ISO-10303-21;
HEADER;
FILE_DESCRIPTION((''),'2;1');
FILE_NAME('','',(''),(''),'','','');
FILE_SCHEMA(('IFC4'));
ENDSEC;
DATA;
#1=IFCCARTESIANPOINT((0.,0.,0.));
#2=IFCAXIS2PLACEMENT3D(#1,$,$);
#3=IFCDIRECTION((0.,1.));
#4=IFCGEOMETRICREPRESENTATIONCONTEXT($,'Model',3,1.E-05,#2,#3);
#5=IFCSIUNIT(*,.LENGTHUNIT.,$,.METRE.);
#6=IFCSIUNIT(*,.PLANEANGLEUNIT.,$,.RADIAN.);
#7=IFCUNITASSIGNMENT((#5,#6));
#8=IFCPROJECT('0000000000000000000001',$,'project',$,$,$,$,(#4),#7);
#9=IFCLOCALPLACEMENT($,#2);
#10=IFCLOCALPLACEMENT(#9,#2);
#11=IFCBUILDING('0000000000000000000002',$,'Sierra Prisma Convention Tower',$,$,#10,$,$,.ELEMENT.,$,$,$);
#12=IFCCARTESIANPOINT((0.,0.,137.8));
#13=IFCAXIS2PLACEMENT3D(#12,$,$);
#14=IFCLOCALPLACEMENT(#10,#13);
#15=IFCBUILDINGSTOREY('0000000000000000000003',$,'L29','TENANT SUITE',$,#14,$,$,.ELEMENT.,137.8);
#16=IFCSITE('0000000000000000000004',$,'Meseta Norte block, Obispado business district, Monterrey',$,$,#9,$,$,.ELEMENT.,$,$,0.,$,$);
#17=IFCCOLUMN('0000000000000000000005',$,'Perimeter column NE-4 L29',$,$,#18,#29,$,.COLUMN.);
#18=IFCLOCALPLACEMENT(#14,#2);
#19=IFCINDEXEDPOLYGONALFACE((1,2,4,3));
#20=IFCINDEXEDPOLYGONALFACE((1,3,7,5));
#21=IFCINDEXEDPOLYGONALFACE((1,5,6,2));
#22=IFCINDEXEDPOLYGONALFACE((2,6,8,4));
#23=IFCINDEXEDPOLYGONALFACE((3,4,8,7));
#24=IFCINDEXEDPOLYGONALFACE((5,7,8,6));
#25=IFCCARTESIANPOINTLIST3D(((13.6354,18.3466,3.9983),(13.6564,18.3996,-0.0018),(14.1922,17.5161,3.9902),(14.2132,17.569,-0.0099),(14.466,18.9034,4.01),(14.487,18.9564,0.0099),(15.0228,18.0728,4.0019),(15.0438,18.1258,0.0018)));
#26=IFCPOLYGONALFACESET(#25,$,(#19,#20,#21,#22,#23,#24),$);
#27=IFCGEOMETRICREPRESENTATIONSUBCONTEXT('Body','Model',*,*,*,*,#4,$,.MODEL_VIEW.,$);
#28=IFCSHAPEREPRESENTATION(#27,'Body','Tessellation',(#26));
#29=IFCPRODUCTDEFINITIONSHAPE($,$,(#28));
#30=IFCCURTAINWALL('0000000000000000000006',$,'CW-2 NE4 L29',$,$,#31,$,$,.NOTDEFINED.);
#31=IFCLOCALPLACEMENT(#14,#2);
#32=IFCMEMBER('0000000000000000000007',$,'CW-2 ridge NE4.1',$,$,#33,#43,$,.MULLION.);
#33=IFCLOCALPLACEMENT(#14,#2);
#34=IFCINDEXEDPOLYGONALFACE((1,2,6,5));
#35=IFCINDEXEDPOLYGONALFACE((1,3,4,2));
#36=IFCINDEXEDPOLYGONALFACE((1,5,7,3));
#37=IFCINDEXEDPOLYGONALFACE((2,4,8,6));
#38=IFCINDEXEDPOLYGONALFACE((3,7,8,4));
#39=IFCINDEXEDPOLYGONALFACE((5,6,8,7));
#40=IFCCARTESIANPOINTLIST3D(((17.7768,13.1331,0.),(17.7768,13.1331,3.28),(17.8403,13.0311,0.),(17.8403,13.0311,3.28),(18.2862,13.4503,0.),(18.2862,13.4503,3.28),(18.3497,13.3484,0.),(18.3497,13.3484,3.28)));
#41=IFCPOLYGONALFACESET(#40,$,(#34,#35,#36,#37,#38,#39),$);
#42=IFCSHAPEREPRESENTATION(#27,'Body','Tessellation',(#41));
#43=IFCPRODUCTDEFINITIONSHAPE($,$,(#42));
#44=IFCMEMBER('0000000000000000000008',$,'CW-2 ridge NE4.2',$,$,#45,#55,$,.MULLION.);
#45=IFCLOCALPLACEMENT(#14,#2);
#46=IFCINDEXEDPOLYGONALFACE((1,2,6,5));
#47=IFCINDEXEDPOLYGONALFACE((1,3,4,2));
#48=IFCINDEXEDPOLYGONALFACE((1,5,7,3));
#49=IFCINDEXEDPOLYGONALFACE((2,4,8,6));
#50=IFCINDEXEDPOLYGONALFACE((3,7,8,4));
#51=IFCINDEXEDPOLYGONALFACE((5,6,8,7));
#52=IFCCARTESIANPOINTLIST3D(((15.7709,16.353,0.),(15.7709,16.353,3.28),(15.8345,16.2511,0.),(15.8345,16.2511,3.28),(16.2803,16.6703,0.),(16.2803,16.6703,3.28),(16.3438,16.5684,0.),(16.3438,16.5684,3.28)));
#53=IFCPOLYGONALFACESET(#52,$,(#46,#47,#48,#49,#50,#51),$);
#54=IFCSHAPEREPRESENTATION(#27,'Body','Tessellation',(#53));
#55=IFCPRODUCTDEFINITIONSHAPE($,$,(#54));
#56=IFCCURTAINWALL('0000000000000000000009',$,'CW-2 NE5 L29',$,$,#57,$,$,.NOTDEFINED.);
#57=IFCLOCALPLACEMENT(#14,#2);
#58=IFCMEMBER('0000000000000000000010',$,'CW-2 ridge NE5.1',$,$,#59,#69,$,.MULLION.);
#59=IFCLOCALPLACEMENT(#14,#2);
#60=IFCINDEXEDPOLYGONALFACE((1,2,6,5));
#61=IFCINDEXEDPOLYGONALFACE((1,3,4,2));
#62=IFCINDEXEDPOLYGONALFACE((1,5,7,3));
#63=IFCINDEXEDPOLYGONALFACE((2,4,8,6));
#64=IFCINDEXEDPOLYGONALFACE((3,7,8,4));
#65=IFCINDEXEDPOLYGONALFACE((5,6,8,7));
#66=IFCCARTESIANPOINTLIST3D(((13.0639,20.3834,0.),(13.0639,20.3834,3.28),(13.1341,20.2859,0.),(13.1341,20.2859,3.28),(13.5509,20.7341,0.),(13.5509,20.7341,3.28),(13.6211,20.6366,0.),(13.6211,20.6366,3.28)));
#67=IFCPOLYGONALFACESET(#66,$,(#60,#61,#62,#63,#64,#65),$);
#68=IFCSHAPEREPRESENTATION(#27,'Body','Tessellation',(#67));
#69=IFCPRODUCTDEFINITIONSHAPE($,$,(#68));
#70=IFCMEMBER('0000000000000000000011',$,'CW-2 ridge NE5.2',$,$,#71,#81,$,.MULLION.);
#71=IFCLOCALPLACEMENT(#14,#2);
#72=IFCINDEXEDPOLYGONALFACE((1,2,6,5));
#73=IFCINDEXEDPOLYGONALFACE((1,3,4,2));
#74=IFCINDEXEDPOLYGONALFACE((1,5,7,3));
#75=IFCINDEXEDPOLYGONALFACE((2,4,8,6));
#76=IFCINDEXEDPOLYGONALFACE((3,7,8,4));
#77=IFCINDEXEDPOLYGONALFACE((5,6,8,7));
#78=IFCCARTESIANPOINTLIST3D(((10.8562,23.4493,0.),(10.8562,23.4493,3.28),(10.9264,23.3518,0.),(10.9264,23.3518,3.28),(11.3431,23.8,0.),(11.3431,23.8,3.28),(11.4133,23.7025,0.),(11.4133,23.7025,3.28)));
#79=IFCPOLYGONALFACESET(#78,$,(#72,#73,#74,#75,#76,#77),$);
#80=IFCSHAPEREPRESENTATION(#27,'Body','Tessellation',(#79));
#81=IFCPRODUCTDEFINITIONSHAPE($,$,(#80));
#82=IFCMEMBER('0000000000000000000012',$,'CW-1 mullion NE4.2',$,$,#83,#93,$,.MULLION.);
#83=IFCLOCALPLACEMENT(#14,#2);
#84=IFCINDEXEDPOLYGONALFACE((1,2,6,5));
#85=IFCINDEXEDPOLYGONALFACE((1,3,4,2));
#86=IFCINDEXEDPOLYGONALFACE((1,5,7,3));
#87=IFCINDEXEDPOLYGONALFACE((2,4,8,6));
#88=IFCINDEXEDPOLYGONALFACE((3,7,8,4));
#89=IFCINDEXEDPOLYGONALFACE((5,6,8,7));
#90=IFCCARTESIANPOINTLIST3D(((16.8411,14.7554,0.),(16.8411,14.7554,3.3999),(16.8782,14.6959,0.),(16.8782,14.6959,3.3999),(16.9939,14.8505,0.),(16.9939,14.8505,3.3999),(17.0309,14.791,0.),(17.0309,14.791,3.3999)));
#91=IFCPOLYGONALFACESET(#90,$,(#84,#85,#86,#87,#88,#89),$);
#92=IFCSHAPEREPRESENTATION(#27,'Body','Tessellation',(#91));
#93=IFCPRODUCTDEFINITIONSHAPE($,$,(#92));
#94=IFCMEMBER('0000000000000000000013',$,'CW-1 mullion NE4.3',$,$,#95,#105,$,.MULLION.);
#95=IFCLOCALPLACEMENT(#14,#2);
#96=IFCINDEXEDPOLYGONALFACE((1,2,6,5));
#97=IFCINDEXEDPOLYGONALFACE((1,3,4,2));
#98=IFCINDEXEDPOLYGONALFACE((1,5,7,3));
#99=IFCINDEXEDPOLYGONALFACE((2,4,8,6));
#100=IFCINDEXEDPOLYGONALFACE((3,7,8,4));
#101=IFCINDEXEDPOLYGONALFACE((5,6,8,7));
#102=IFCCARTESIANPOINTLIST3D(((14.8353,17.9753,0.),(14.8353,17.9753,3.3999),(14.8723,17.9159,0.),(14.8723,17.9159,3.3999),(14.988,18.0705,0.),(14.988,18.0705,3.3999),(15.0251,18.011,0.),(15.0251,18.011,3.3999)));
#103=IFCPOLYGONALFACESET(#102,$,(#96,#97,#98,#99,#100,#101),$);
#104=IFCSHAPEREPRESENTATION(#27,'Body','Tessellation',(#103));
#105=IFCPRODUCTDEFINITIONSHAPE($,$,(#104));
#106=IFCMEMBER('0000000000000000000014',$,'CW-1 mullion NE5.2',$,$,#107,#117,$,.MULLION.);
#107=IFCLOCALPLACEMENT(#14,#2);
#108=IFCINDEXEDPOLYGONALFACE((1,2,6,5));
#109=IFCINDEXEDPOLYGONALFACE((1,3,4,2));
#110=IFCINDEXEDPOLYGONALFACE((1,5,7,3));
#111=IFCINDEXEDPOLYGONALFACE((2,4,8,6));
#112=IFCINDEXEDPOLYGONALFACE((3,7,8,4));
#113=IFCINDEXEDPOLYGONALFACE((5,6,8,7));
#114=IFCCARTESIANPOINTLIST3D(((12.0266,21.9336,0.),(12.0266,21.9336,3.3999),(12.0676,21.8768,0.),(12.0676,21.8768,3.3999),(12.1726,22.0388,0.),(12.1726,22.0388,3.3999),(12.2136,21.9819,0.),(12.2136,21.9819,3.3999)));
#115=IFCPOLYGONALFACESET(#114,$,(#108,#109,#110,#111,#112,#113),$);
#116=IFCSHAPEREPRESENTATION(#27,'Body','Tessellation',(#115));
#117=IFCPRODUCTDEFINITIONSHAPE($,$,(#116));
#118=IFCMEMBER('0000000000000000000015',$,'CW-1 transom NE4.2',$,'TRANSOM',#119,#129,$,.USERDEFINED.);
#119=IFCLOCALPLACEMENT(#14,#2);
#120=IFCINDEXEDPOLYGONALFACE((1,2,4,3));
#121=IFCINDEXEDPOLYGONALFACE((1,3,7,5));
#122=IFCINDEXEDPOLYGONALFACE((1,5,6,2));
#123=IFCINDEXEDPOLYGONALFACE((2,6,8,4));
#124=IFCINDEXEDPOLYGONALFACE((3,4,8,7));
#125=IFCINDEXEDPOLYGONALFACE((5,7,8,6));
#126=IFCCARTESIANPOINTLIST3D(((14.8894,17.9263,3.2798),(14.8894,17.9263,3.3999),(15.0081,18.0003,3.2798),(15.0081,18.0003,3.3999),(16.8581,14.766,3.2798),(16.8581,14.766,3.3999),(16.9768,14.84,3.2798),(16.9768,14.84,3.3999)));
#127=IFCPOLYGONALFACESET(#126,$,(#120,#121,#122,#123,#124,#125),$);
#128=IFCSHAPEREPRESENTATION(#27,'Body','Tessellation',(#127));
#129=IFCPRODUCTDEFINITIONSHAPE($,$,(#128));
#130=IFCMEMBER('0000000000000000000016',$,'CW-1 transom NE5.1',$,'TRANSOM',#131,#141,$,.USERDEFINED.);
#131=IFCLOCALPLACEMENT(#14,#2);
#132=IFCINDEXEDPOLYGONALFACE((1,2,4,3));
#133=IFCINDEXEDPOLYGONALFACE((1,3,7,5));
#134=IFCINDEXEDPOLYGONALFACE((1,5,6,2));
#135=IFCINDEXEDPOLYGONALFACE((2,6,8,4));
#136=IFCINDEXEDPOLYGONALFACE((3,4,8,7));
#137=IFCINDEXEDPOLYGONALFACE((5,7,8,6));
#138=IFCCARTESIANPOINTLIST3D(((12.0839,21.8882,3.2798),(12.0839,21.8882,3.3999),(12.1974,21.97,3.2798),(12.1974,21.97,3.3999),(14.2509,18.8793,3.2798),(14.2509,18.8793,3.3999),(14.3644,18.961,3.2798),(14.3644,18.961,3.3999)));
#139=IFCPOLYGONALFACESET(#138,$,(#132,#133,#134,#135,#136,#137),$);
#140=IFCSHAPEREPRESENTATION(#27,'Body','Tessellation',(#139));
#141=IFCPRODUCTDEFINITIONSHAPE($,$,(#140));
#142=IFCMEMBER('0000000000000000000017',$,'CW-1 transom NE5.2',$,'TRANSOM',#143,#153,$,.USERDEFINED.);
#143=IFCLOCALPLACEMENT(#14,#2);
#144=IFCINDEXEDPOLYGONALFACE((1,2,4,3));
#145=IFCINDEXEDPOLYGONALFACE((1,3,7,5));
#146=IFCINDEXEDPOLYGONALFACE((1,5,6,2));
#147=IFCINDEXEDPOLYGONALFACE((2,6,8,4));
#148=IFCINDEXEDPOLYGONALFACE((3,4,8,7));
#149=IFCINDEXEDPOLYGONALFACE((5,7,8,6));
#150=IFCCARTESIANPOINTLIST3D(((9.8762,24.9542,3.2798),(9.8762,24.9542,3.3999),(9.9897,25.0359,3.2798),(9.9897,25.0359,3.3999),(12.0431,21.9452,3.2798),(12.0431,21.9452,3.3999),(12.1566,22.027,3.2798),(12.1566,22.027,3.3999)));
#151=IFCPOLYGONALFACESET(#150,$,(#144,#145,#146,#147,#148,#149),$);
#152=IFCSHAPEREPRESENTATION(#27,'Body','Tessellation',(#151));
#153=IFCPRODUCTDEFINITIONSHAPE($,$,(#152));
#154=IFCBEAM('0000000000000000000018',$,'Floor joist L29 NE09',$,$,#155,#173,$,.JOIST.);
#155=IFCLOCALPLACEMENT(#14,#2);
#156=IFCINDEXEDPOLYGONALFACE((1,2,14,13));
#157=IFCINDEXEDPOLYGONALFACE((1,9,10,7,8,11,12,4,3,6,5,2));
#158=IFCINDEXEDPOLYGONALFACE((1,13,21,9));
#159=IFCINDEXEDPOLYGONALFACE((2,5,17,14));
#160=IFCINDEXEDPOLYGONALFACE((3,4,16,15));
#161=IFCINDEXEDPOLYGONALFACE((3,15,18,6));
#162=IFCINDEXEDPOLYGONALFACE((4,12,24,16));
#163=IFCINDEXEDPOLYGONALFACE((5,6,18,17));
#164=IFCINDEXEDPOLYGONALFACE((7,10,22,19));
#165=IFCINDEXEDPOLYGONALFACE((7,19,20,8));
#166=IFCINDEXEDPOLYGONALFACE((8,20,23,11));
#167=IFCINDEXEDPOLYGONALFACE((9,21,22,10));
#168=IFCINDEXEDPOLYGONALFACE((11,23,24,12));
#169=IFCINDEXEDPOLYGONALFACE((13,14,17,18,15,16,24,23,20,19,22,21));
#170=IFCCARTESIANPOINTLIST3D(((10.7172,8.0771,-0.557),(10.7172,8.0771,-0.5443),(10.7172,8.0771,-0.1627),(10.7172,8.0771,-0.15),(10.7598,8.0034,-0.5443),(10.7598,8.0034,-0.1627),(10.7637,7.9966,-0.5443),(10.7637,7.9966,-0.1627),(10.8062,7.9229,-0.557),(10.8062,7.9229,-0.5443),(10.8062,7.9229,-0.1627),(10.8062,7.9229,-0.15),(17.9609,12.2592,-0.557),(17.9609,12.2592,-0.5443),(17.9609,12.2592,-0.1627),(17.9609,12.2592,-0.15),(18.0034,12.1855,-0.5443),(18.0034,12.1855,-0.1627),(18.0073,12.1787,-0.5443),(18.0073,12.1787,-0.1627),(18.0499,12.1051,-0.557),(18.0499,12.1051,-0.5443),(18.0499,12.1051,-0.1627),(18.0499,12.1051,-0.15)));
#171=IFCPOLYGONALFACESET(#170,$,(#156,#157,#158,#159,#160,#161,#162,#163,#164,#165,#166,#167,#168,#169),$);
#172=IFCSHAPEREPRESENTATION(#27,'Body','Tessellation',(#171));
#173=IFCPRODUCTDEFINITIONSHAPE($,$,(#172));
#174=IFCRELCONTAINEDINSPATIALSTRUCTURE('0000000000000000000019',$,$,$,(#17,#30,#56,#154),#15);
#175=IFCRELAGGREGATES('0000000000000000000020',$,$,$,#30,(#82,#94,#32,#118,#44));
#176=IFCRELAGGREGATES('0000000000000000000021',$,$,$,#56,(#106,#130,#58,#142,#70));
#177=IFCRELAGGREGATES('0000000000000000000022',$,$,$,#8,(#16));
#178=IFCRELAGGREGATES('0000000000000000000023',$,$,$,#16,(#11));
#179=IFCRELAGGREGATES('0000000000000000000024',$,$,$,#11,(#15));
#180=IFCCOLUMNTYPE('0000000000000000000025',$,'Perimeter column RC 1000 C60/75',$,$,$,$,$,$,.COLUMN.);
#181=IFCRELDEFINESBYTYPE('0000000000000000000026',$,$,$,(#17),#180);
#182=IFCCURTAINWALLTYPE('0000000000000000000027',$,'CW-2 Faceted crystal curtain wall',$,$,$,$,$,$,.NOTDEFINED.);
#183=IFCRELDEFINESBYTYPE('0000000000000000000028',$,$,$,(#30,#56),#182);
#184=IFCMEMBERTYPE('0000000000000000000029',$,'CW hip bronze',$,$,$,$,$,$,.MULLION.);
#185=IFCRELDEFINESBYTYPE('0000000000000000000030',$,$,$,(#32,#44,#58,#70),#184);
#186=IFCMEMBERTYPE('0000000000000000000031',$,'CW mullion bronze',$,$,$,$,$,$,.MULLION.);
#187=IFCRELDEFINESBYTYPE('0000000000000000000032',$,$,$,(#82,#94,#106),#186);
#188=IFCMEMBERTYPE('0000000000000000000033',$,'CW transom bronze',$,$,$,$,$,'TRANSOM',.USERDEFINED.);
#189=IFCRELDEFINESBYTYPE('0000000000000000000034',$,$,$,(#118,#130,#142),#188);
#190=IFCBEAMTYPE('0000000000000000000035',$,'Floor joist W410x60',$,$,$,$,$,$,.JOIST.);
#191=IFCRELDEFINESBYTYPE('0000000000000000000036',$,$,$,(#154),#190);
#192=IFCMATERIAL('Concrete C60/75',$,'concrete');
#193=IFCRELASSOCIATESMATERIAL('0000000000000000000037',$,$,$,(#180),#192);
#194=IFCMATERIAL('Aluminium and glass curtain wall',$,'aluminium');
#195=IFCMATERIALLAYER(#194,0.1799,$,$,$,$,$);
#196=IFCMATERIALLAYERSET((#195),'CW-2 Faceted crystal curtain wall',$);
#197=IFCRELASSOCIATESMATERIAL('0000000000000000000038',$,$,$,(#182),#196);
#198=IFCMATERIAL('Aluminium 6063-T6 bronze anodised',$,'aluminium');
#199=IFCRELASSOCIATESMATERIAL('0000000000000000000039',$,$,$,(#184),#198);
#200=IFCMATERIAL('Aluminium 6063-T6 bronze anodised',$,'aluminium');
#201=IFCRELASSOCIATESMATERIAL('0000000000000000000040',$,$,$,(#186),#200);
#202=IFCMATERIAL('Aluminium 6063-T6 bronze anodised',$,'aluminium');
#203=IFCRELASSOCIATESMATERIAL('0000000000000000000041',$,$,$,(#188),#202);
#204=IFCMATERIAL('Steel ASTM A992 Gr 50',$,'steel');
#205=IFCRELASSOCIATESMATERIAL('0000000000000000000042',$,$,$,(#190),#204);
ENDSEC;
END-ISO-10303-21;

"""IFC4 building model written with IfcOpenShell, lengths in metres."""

from ifc_helpers import new_model, si_unit, direction, frame, origin, origin_2d, place, context, subcontext, project, spatial, rectangle, i_section, extrude, material, layer, layer_set, material_profile, profile_set, type_object, element, aggregate, save


model = new_model("IFC4")

# Units and contexts
model_context = context("Model", 3, precision=1e-05, world=origin(), true_north=direction((0.0, 1.0)))
body_context = subcontext(model_context, "Body", "Model", "MODEL_VIEW")
ifc_project = project(units=[si_unit("LENGTHUNIT", "METRE"), si_unit("PLANEANGLEUNIT", "RADIAN")], contexts=[model_context])

# Site, building, storey
site_placement = place(None, origin())
site = spatial("IfcSite", under=ifc_project, at=site_placement, Name="Meseta Norte block, Obispado business district, Monterrey", CompositionType="ELEMENT", RefElevation=0.0)
building_placement = place(site_placement, origin())
building = spatial("IfcBuilding", under=site, at=building_placement, Name="Sierra Prisma Convention Tower", CompositionType="ELEMENT")
storey_placement = place(building_placement, frame((0.0, 0.0, 137.8)))
storey = spatial("IfcBuildingStorey", under=building, at=storey_placement, Name="L29", Description="TENANT SUITE", CompositionType="ELEMENT", Elevation=137.8)

# Column
ifc_material_1 = material(Name="Concrete C60/75", Category="concrete")
ifc_material_profile_1 = material_profile(ifc_material_1, rectangle(XDim=1.0, YDim=1.0, at=origin_2d()), Name="Perimeter column RC 1000 C60/75")
ifc_profile_set_1 = profile_set([ifc_material_profile_1], Name="Concrete C60/75")
column_type = type_object("IfcColumnType", Name="Perimeter column RC 1000 C60/75", PredefinedType="COLUMN", material=ifc_profile_set_1)
column_placement = place(storey_placement, frame((14.3501, 18.2627, 0.0), z_axis=(-0.005248, -0.013243, 0.999899), x_axis=(-0.556866, 0.830563, 0.008077)))
element("IfcColumn", 1, at=column_placement, inside=storey, type_object=column_type, Name="Perimeter column NE-4 L29", PredefinedType="COLUMN", context=body_context, shape_type="SweptSolid", body=[
    extrude(rectangle(XDim=1.0, YDim=1.0, at=origin_2d()), origin(), (0.0, 0.0, 1.0), 4.0005),
])

# Curtain walls, members
ifc_material_2 = material(Name="Aluminium and glass curtain wall", Category="aluminium")
ifc_layer_1 = layer(ifc_material_2, 0.1799)
ifc_layer_set_1 = layer_set([ifc_layer_1], Name="CW-2 Faceted crystal curtain wall")
curtain_wall_type = type_object("IfcCurtainWallType", Name="CW-2 Faceted crystal curtain wall", PredefinedType="NOTDEFINED", material=ifc_layer_set_1)
curtain_wall_1_placement = place(storey_placement, origin())
curtain_wall_1 = element("IfcCurtainWall", 2, at=curtain_wall_1_placement, inside=storey, type_object=curtain_wall_type, Name="CW-2 NE4 L29", PredefinedType="NOTDEFINED")
ifc_material_3 = material(Name="Aluminium 6063-T6 bronze anodised", Category="aluminium")
ifc_material_profile_2 = material_profile(ifc_material_3, rectangle(XDim=0.1201, YDim=0.6001, at=origin_2d()), Name="ALU RIDGE BLADE 120x600")
ifc_profile_set_2 = profile_set([ifc_material_profile_2], Name="Aluminium 6063-T6 bronze anodised")
member_type_1 = type_object("IfcMemberType", Name="CW hip bronze", PredefinedType="MULLION", material=ifc_profile_set_2)
member_1_placement = place(storey_placement, frame((18.0632, 13.2407, 0.0), z_axis=(0.0, 0.0, 1.0), x_axis=(-0.528734, 0.848788, 0.0)))
member_1 = element("IfcMember", 3, at=member_1_placement, type_object=member_type_1, Name="CW-2 ridge NE4.1", PredefinedType="MULLION", context=body_context, shape_type="SweptSolid", body=[
    extrude(rectangle(XDim=0.1201, YDim=0.6001, at=origin_2d()), origin(), (0.0, 0.0, 1.0), 3.28),
])
member_2_placement = place(storey_placement, frame((16.0574, 16.4607, 0.0), z_axis=(0.0, 0.0, 1.0), x_axis=(-0.528734, 0.848788, 0.0)))
member_2 = element("IfcMember", 4, at=member_2_placement, type_object=member_type_1, Name="CW-2 ridge NE4.2", PredefinedType="MULLION", context=body_context, shape_type="SweptSolid", body=[
    extrude(rectangle(XDim=0.1201, YDim=0.6001, at=origin_2d()), origin(), (0.0, 0.0, 1.0), 3.28),
])
curtain_wall_2_placement = place(storey_placement, origin())
curtain_wall_2 = element("IfcCurtainWall", 5, at=curtain_wall_2_placement, inside=storey, type_object=curtain_wall_type, Name="CW-2 NE5 L29", PredefinedType="NOTDEFINED")
member_3_placement = place(storey_placement, frame((13.3425, 20.51, 0.0), z_axis=(0.0, 0.0, 1.0), x_axis=(-0.584389, 0.811474, 0.0)))
member_3 = element("IfcMember", 6, at=member_3_placement, type_object=member_type_1, Name="CW-2 ridge NE5.1", PredefinedType="MULLION", context=body_context, shape_type="SweptSolid", body=[
    extrude(rectangle(XDim=0.1201, YDim=0.6001, at=origin_2d()), origin(), (0.0, 0.0, 1.0), 3.28),
])
member_4_placement = place(storey_placement, frame((11.1348, 23.5759, 0.0), z_axis=(0.0, 0.0, 1.0), x_axis=(-0.584389, 0.811474, 0.0)))
member_4 = element("IfcMember", 7, at=member_4_placement, type_object=member_type_1, Name="CW-2 ridge NE5.2", PredefinedType="MULLION", context=body_context, shape_type="SweptSolid", body=[
    extrude(rectangle(XDim=0.1201, YDim=0.6001, at=origin_2d()), origin(), (0.0, 0.0, 1.0), 3.28),
])

# Members
ifc_material_4 = material(Name="Aluminium 6063-T6 bronze anodised", Category="aluminium")
ifc_material_profile_3 = material_profile(ifc_material_4, rectangle(XDim=0.1799, YDim=0.0701, at=origin_2d()), Name="ALU MULLION 70x180")
ifc_profile_set_3 = profile_set([ifc_material_profile_3], Name="Aluminium 6063-T6 bronze anodised")
member_type_2 = type_object("IfcMemberType", Name="CW mullion bronze", PredefinedType="MULLION", material=ifc_profile_set_3)
member_5_placement = place(storey_placement, frame((16.936, 14.7732, 0.0), z_axis=(0.0, 0.0, 1.0), x_axis=(-0.848788, -0.528734, 0.0)))
member_5 = element("IfcMember", 8, at=member_5_placement, type_object=member_type_2, Name="CW-1 mullion NE4.2", PredefinedType="MULLION", context=body_context, shape_type="SweptSolid", body=[
    extrude(rectangle(XDim=0.1799, YDim=0.0701, at=origin_2d()), origin(), (0.0, 0.0, 1.0), 3.3999),
])
member_6_placement = place(storey_placement, frame((14.9302, 17.9932, 0.0), z_axis=(0.0, 0.0, 1.0), x_axis=(-0.848788, -0.528734, 0.0)))
member_6 = element("IfcMember", 9, at=member_6_placement, type_object=member_type_2, Name="CW-1 mullion NE4.3", PredefinedType="MULLION", context=body_context, shape_type="SweptSolid", body=[
    extrude(rectangle(XDim=0.1799, YDim=0.0701, at=origin_2d()), origin(), (0.0, 0.0, 1.0), 3.3999),
])
member_7_placement = place(storey_placement, frame((12.1201, 21.9578, 0.0), z_axis=(0.0, 0.0, 1.0), x_axis=(-0.811474, -0.584389, 0.0)))
member_7 = element("IfcMember", 10, at=member_7_placement, type_object=member_type_2, Name="CW-1 mullion NE5.2", PredefinedType="MULLION", context=body_context, shape_type="SweptSolid", body=[
    extrude(rectangle(XDim=0.1799, YDim=0.0701, at=origin_2d()), origin(), (0.0, 0.0, 1.0), 3.3999),
])
ifc_material_5 = material(Name="Aluminium 6063-T6 bronze anodised", Category="aluminium")
ifc_material_profile_4 = material_profile(ifc_material_5, rectangle(XDim=0.1399, YDim=0.1201, at=origin_2d()), Name="ALU TRANSOM 120x140")
ifc_profile_set_4 = profile_set([ifc_material_profile_4], Name="Aluminium 6063-T6 bronze anodised")
member_type_3 = type_object("IfcMemberType", Name="CW transom bronze", ElementType="TRANSOM", PredefinedType="USERDEFINED", material=ifc_profile_set_4)
member_8_placement = place(storey_placement, frame((16.9175, 14.803, 3.3398), z_axis=(-0.528743, 0.848782, 0.0), x_axis=(-0.848782, -0.528743, 0.0)))
member_8 = element("IfcMember", 11, at=member_8_placement, type_object=member_type_3, Name="CW-1 transom NE4.2", ObjectType="TRANSOM", PredefinedType="USERDEFINED", context=body_context, shape_type="SweptSolid", body=[
    extrude(rectangle(XDim=0.1399, YDim=0.1201, at=origin_2d()), origin(), (0.0, 0.0, 1.0), 3.7234),
])
member_9_placement = place(storey_placement, frame((14.3076, 18.9202, 3.3398), z_axis=(-0.584391, 0.811472, 0.0), x_axis=(-0.811472, -0.584391, 0.0)))
member_9 = element("IfcMember", 12, at=member_9_placement, type_object=member_type_3, Name="CW-1 transom NE5.1", ObjectType="TRANSOM", PredefinedType="USERDEFINED", context=body_context, shape_type="SweptSolid", body=[
    extrude(rectangle(XDim=0.1399, YDim=0.1201, at=origin_2d()), origin(), (0.0, 0.0, 1.0), 3.708),
])
member_10_placement = place(storey_placement, frame((12.0999, 21.9861, 3.3398), z_axis=(-0.584391, 0.811472, 0.0), x_axis=(-0.811472, -0.584391, 0.0)))
member_10 = element("IfcMember", 13, at=member_10_placement, type_object=member_type_3, Name="CW-1 transom NE5.2", ObjectType="TRANSOM", PredefinedType="USERDEFINED", context=body_context, shape_type="SweptSolid", body=[
    extrude(rectangle(XDim=0.1399, YDim=0.1201, at=origin_2d()), origin(), (0.0, 0.0, 1.0), 3.708),
])

# Beam
ifc_material_6 = material(Name="Steel ASTM A992 Gr 50", Category="steel")
ifc_material_profile_5 = material_profile(ifc_material_6, i_section(OverallWidth=0.178, OverallDepth=0.407, WebThickness=0.0078, FlangeThickness=0.0127, at=origin_2d()), Name="W410x60")
ifc_profile_set_5 = profile_set([ifc_material_profile_5], Name="Steel ASTM A992 Gr 50")
beam_type_1 = type_object("IfcBeamType", Name="Floor joist W410x60", PredefinedType="JOIST", material=ifc_profile_set_5)
beam_1_placement = place(storey_placement, frame((18.0054, 12.1821, -0.3535), z_axis=(-0.866025, -0.5, 0.0), x_axis=(0.5, -0.866025, 0.0)))
element("IfcBeam", 14, at=beam_1_placement, inside=storey, type_object=beam_type_1, Name="Floor joist L29 NE09", PredefinedType="JOIST", context=body_context, shape_type="SweptSolid", body=[
    extrude(i_section(OverallWidth=0.178, OverallDepth=0.407, WebThickness=0.0078, FlangeThickness=0.0127, at=origin_2d()), origin(), (0.0, 0.0, 1.0), 8.3643),
])

aggregate(curtain_wall_1, [member_5, member_6, member_1, member_8, member_2])
aggregate(curtain_wall_2, [member_7, member_9, member_3, member_10, member_4])

save(model, "model.ifc")
